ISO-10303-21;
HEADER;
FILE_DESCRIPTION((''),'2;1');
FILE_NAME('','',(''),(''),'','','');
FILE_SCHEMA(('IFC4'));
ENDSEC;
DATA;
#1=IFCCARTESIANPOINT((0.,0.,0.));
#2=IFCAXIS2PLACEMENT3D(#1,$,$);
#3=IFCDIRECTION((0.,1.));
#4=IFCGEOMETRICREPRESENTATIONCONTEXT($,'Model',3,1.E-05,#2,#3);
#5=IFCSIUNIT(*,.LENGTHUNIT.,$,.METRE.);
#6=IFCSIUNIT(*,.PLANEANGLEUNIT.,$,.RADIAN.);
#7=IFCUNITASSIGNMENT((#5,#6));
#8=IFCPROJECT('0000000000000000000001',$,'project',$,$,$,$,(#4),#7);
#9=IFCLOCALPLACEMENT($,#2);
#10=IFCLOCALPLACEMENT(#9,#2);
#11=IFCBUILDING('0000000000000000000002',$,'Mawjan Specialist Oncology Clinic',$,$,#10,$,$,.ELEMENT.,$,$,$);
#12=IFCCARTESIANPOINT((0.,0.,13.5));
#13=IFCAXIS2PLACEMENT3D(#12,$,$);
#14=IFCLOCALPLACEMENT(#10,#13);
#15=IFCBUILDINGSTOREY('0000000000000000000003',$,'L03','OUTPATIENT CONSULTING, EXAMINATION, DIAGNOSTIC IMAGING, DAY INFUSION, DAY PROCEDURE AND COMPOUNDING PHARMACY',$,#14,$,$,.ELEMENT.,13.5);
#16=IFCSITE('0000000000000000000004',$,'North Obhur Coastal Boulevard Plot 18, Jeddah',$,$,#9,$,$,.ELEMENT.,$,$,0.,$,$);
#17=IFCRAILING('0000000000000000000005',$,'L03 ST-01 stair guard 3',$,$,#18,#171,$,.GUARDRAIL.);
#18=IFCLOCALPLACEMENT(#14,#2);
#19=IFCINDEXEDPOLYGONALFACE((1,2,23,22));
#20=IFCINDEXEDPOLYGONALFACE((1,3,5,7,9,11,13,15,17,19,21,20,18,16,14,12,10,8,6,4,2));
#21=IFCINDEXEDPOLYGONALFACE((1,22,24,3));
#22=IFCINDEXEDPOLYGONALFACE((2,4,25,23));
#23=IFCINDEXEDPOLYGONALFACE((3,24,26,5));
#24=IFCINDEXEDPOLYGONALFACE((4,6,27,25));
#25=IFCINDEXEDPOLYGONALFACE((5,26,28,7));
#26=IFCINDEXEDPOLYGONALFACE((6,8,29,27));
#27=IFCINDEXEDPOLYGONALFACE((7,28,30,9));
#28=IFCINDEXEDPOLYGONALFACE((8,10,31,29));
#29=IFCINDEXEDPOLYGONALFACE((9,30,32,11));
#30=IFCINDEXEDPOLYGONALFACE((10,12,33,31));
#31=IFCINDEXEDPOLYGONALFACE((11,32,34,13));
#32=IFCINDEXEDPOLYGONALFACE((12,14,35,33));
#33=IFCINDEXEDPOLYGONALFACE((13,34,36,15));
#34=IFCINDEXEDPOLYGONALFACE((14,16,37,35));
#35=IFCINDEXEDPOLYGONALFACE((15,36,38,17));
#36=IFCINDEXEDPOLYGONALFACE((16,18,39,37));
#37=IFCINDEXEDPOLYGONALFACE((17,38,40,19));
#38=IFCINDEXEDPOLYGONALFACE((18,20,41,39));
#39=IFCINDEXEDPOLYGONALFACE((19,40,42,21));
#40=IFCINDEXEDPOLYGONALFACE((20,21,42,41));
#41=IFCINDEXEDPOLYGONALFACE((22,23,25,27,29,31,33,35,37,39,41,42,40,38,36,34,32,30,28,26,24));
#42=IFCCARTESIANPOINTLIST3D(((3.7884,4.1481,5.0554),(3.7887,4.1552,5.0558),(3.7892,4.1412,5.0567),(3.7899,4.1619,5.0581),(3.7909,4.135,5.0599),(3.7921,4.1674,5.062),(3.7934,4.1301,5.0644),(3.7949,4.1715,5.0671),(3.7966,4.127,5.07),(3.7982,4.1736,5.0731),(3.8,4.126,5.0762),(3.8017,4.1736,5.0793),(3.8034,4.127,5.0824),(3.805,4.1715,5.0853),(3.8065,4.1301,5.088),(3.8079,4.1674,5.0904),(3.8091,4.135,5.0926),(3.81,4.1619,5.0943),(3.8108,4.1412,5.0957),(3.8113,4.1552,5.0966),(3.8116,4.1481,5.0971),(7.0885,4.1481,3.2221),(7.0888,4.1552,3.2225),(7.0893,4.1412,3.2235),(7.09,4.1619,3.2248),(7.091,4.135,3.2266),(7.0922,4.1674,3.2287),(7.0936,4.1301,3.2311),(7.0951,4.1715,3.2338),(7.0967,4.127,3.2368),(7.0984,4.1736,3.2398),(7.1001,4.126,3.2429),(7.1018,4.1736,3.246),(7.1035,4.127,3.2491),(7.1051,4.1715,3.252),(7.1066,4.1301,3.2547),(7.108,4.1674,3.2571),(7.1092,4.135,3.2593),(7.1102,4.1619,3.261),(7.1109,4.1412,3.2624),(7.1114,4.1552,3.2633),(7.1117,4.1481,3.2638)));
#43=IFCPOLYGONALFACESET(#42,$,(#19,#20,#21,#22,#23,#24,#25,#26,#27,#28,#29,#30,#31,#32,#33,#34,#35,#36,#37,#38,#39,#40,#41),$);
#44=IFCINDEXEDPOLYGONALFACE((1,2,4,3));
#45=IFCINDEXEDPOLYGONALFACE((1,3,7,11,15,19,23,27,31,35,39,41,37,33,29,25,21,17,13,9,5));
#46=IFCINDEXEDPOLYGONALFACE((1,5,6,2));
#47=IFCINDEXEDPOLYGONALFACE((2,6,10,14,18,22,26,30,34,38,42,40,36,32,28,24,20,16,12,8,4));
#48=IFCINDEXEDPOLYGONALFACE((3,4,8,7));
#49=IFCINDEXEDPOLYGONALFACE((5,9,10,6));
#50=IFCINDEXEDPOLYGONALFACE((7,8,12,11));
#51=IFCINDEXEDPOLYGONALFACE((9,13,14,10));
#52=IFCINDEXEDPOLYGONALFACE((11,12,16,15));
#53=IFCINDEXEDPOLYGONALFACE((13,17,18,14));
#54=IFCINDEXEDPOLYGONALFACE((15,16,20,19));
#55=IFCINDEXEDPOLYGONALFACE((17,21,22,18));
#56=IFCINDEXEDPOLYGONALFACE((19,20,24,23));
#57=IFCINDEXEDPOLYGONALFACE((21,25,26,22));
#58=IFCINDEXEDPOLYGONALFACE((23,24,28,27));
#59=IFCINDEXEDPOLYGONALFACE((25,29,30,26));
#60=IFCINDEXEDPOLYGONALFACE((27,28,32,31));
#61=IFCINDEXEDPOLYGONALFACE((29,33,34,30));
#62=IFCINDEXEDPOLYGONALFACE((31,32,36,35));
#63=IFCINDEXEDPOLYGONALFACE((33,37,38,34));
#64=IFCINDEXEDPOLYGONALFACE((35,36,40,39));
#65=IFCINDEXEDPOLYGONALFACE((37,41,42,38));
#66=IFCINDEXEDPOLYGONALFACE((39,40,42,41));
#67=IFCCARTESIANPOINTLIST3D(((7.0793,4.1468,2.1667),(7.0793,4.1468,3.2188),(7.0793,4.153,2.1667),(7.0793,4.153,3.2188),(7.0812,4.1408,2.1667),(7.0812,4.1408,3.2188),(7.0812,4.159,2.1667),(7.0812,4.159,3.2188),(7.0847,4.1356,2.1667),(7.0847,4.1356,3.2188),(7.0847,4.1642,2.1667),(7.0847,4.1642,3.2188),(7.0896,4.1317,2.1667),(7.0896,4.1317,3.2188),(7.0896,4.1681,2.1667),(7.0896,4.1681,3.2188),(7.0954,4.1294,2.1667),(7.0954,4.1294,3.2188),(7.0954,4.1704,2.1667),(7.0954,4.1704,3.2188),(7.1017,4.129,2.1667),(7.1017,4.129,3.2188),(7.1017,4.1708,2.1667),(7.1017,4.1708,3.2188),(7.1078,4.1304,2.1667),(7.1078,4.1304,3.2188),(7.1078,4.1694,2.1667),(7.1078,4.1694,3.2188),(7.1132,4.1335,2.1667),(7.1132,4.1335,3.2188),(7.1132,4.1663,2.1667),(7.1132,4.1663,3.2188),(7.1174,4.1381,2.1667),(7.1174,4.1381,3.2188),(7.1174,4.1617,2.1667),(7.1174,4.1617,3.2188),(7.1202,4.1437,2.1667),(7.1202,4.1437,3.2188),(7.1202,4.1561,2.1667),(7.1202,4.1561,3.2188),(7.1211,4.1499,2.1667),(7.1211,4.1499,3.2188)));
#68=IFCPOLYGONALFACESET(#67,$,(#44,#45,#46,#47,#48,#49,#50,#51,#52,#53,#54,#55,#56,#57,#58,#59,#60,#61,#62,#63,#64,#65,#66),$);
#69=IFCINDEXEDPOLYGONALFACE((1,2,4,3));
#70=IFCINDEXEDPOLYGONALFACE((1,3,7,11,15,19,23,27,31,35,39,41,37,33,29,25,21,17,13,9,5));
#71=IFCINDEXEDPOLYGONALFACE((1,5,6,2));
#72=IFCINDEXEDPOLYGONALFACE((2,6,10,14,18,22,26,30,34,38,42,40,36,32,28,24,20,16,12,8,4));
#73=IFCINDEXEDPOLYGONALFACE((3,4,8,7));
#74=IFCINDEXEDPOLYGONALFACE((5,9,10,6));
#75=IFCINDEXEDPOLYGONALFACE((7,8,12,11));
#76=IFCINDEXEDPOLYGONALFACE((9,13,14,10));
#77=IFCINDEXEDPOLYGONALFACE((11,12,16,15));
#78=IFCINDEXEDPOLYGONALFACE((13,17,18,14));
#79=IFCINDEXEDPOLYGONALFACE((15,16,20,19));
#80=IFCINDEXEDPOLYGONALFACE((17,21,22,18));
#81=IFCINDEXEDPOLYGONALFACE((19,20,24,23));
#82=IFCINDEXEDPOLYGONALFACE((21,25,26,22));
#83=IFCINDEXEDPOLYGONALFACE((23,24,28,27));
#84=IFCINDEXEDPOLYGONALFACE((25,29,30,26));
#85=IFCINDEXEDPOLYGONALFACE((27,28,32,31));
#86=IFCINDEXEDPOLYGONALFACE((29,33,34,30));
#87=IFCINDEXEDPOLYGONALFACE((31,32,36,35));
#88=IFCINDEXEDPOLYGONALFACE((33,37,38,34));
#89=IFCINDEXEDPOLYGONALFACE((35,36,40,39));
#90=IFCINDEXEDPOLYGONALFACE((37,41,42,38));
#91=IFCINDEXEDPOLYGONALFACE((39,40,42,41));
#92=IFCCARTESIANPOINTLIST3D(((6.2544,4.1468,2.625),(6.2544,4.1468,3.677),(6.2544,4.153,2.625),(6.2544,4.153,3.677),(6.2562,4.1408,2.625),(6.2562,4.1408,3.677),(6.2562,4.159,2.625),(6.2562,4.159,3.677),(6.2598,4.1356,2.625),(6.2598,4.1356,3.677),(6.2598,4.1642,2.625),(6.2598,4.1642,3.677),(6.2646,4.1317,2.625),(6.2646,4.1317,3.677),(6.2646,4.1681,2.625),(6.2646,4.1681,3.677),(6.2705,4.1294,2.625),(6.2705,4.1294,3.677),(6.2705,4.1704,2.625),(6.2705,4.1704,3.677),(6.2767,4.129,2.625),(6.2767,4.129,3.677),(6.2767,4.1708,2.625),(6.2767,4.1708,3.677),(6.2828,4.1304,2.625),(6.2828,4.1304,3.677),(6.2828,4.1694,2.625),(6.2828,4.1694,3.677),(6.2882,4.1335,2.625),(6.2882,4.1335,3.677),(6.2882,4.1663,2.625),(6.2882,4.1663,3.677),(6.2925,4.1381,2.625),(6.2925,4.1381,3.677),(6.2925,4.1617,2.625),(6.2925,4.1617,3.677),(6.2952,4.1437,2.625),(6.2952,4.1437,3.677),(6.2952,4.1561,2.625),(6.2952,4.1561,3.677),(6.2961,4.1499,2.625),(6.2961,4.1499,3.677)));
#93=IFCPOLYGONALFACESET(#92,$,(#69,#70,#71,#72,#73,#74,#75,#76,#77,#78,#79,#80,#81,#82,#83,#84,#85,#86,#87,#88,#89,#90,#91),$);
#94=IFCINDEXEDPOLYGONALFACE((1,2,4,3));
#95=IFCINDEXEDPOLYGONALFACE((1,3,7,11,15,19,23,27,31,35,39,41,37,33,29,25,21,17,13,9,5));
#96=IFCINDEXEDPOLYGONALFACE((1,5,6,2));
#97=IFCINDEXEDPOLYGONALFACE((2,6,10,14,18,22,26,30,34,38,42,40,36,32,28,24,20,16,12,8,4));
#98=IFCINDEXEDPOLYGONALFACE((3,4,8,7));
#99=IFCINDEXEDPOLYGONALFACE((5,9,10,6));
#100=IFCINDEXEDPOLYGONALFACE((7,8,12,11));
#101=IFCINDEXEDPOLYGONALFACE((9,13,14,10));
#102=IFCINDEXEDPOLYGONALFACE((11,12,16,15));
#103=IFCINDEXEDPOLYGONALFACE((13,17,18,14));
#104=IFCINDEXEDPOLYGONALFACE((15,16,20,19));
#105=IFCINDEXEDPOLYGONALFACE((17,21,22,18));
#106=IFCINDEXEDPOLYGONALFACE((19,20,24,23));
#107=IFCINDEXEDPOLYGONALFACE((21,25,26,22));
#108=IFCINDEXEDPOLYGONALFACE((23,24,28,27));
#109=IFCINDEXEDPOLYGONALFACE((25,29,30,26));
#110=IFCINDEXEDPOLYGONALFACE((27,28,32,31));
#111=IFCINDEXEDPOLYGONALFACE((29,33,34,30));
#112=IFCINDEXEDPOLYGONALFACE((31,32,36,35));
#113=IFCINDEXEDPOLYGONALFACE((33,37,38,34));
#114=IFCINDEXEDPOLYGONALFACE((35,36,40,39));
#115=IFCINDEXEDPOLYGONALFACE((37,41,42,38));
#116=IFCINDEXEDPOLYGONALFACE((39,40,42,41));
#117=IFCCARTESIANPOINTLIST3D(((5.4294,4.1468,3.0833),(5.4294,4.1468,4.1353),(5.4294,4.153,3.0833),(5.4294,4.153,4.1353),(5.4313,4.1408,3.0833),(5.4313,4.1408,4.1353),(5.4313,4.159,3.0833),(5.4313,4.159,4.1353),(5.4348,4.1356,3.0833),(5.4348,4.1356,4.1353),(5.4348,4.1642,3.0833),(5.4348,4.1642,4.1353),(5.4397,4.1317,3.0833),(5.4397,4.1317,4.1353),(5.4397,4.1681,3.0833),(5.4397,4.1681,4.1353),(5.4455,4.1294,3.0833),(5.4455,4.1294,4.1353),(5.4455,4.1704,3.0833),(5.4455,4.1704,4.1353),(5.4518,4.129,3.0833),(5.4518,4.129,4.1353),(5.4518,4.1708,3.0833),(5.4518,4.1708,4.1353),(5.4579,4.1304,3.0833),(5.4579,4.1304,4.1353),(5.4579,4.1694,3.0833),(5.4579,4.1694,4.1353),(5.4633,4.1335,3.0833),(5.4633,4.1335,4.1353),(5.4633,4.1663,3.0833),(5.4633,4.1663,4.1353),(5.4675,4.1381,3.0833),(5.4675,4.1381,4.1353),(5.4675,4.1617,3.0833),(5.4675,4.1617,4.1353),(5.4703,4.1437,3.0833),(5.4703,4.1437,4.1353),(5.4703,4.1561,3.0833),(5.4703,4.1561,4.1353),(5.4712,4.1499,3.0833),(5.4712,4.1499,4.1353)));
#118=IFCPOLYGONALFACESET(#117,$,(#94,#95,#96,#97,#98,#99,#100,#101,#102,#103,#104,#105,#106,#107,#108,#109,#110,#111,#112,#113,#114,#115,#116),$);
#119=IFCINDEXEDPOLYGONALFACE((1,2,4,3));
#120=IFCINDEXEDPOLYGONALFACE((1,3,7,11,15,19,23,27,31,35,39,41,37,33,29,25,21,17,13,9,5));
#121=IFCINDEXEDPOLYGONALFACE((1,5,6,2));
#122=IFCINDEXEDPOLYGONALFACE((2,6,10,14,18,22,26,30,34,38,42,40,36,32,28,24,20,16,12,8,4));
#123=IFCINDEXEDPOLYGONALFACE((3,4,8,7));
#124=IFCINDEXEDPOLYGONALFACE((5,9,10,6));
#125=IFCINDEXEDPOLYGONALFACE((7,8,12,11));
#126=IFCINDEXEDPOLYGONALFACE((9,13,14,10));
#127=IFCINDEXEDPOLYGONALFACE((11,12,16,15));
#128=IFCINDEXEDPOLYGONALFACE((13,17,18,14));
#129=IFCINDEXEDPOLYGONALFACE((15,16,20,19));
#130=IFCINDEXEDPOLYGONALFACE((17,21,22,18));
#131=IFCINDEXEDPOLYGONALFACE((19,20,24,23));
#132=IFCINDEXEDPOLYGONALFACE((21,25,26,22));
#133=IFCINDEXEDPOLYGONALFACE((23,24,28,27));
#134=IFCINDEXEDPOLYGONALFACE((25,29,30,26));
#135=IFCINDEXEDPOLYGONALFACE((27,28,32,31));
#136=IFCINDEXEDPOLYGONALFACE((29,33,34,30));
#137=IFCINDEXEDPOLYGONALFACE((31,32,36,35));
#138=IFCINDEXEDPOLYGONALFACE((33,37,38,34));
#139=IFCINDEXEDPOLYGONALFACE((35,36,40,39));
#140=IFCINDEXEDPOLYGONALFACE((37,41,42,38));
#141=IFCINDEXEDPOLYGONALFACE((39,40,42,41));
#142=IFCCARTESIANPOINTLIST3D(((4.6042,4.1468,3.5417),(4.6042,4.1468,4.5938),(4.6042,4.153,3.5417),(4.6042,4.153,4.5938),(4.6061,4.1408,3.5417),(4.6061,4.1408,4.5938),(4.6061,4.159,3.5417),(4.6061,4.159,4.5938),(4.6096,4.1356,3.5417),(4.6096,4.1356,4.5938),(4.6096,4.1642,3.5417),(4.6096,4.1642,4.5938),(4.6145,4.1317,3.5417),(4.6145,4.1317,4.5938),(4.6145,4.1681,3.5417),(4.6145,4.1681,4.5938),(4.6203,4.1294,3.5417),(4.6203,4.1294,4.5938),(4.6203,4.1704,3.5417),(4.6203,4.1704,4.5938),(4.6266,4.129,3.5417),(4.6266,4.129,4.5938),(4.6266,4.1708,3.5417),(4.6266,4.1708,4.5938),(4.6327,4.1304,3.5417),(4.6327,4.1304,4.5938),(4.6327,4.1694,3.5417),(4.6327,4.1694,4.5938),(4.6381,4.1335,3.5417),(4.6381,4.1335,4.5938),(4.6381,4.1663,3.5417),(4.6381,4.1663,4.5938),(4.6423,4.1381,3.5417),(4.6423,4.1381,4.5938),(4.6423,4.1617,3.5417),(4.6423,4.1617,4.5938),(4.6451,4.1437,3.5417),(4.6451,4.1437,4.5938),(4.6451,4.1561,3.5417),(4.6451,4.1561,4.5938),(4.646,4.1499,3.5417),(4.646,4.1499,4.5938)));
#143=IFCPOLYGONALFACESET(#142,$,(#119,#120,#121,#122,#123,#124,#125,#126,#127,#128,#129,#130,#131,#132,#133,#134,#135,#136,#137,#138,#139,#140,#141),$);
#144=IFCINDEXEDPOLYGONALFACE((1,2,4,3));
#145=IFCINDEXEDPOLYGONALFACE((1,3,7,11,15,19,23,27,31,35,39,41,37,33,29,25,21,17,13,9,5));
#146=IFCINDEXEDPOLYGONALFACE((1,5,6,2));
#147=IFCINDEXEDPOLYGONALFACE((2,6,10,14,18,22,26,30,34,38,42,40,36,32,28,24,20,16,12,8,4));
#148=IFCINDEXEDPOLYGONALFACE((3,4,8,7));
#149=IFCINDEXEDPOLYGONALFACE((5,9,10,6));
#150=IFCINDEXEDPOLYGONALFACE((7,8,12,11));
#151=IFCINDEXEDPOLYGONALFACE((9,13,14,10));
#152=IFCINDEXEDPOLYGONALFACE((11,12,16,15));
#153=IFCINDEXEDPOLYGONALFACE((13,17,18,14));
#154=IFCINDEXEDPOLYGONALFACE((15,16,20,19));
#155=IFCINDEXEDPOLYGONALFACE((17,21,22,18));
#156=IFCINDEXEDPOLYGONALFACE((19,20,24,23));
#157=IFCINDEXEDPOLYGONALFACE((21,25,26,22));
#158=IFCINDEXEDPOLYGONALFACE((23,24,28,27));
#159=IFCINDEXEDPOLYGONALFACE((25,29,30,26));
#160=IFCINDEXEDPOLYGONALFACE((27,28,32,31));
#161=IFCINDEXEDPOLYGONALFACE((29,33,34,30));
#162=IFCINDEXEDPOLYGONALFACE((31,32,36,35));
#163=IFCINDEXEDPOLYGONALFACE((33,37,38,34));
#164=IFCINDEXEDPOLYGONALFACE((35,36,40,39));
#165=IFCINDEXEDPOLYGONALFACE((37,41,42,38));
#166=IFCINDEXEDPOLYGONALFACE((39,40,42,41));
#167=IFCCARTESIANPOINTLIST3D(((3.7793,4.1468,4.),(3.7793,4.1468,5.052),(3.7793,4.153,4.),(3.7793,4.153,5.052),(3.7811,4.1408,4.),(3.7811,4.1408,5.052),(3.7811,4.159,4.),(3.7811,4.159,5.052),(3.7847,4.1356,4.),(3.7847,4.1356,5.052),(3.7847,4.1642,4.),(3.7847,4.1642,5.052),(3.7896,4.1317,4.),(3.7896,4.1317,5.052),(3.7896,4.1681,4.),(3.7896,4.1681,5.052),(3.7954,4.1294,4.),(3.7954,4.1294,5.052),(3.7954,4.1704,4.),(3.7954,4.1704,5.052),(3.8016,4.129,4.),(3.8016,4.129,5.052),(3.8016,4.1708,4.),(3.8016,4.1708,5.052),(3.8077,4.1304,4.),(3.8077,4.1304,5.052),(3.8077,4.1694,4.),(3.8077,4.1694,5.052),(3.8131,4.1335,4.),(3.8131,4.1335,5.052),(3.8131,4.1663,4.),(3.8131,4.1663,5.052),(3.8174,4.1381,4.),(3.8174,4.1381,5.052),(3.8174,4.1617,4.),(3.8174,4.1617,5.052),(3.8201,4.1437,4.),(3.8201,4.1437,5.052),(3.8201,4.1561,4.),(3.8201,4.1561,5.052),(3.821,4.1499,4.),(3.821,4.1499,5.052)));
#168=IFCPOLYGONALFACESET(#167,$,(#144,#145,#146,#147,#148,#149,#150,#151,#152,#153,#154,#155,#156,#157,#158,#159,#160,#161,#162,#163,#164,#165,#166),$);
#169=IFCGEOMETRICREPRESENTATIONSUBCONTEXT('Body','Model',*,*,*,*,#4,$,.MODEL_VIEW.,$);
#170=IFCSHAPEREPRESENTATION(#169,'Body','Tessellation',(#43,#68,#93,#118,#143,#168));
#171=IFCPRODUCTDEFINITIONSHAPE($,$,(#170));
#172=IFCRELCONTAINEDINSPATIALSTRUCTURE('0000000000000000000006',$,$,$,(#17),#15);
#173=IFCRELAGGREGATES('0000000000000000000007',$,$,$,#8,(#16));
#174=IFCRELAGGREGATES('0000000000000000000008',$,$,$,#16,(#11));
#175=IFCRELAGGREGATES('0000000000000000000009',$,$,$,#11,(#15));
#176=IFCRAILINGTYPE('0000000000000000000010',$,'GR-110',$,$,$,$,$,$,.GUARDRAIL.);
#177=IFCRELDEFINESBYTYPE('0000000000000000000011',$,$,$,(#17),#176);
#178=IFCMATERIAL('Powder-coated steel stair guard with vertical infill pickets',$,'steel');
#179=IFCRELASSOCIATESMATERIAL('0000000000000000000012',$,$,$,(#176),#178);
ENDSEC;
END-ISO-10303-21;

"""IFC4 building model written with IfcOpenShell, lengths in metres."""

from ifc_helpers import new_model, si_unit, direction, frame, origin, origin_2d, place, context, subcontext, project, spatial, circle, extrude, material, type_object, element, save


model = new_model("IFC4")

# Units and contexts
model_context = context("Model", 3, precision=1e-05, world=origin(), true_north=direction((0.0, 1.0)))
body_context = subcontext(model_context, "Body", "Model", "MODEL_VIEW")
ifc_project = project(units=[si_unit("LENGTHUNIT", "METRE"), si_unit("PLANEANGLEUNIT", "RADIAN")], contexts=[model_context])

# Site, building, storey
site_placement = place(None, origin())
site = spatial("IfcSite", under=ifc_project, at=site_placement, Name="North Obhur Coastal Boulevard Plot 18, Jeddah", CompositionType="ELEMENT", RefElevation=0.0)
building_placement = place(site_placement, origin())
building = spatial("IfcBuilding", under=site, at=building_placement, Name="Mawjan Specialist Oncology Clinic", CompositionType="ELEMENT")
storey_placement = place(building_placement, frame((0.0, 0.0, 13.5)))
storey = spatial("IfcBuildingStorey", under=building, at=storey_placement, Name="L03", Description="OUTPATIENT CONSULTING, EXAMINATION, DIAGNOSTIC IMAGING, DAY INFUSION, DAY PROCEDURE AND COMPOUNDING PHARMACY", CompositionType="ELEMENT", Elevation=13.5)

# Railing
ifc_material_1 = material(Name="Powder-coated steel stair guard with vertical infill pickets", Category="steel")
railing_type_1 = type_object("IfcRailingType", Name="GR-110", PredefinedType="GUARDRAIL", material=ifc_material_1)
railing_1_placement = place(storey_placement, frame((7.1001, 4.1499, 2.1667)))
element("IfcRailing", 1, at=railing_1_placement, inside=storey, type_object=railing_type_1, Name="L03 ST-01 stair guard 3", PredefinedType="GUARDRAIL", context=body_context, shape_type="SweptSolid", body=[
    extrude(circle(Radius=0.0239, at=origin_2d()), frame((0.0, 0.0, 1.0762), z_axis=(-0.874169, 0.0, 0.485621), x_axis=(0.0, -1.0, 0.0)), (0.0, 0.0, 1.0), 3.7751),
    extrude(circle(Radius=0.021, at=origin_2d()), origin(), (0.0, 0.0, 1.0), 1.052),
    extrude(circle(Radius=0.021, at=origin_2d()), frame((-0.825, 0.0, 0.4583)), (0.0, 0.0, 1.0), 1.052),
    extrude(circle(Radius=0.021, at=origin_2d()), frame((-1.6499, 0.0, 0.9165)), (0.0, 0.0, 1.0), 1.052),
    extrude(circle(Radius=0.021, at=origin_2d()), frame((-2.4751, 0.0, 1.375)), (0.0, 0.0, 1.0), 1.052),
    extrude(circle(Radius=0.021, at=origin_2d()), frame((-3.3, 0.0, 1.8333)), (0.0, 0.0, 1.0), 1.052),
])

save(model, "model.ifc")
